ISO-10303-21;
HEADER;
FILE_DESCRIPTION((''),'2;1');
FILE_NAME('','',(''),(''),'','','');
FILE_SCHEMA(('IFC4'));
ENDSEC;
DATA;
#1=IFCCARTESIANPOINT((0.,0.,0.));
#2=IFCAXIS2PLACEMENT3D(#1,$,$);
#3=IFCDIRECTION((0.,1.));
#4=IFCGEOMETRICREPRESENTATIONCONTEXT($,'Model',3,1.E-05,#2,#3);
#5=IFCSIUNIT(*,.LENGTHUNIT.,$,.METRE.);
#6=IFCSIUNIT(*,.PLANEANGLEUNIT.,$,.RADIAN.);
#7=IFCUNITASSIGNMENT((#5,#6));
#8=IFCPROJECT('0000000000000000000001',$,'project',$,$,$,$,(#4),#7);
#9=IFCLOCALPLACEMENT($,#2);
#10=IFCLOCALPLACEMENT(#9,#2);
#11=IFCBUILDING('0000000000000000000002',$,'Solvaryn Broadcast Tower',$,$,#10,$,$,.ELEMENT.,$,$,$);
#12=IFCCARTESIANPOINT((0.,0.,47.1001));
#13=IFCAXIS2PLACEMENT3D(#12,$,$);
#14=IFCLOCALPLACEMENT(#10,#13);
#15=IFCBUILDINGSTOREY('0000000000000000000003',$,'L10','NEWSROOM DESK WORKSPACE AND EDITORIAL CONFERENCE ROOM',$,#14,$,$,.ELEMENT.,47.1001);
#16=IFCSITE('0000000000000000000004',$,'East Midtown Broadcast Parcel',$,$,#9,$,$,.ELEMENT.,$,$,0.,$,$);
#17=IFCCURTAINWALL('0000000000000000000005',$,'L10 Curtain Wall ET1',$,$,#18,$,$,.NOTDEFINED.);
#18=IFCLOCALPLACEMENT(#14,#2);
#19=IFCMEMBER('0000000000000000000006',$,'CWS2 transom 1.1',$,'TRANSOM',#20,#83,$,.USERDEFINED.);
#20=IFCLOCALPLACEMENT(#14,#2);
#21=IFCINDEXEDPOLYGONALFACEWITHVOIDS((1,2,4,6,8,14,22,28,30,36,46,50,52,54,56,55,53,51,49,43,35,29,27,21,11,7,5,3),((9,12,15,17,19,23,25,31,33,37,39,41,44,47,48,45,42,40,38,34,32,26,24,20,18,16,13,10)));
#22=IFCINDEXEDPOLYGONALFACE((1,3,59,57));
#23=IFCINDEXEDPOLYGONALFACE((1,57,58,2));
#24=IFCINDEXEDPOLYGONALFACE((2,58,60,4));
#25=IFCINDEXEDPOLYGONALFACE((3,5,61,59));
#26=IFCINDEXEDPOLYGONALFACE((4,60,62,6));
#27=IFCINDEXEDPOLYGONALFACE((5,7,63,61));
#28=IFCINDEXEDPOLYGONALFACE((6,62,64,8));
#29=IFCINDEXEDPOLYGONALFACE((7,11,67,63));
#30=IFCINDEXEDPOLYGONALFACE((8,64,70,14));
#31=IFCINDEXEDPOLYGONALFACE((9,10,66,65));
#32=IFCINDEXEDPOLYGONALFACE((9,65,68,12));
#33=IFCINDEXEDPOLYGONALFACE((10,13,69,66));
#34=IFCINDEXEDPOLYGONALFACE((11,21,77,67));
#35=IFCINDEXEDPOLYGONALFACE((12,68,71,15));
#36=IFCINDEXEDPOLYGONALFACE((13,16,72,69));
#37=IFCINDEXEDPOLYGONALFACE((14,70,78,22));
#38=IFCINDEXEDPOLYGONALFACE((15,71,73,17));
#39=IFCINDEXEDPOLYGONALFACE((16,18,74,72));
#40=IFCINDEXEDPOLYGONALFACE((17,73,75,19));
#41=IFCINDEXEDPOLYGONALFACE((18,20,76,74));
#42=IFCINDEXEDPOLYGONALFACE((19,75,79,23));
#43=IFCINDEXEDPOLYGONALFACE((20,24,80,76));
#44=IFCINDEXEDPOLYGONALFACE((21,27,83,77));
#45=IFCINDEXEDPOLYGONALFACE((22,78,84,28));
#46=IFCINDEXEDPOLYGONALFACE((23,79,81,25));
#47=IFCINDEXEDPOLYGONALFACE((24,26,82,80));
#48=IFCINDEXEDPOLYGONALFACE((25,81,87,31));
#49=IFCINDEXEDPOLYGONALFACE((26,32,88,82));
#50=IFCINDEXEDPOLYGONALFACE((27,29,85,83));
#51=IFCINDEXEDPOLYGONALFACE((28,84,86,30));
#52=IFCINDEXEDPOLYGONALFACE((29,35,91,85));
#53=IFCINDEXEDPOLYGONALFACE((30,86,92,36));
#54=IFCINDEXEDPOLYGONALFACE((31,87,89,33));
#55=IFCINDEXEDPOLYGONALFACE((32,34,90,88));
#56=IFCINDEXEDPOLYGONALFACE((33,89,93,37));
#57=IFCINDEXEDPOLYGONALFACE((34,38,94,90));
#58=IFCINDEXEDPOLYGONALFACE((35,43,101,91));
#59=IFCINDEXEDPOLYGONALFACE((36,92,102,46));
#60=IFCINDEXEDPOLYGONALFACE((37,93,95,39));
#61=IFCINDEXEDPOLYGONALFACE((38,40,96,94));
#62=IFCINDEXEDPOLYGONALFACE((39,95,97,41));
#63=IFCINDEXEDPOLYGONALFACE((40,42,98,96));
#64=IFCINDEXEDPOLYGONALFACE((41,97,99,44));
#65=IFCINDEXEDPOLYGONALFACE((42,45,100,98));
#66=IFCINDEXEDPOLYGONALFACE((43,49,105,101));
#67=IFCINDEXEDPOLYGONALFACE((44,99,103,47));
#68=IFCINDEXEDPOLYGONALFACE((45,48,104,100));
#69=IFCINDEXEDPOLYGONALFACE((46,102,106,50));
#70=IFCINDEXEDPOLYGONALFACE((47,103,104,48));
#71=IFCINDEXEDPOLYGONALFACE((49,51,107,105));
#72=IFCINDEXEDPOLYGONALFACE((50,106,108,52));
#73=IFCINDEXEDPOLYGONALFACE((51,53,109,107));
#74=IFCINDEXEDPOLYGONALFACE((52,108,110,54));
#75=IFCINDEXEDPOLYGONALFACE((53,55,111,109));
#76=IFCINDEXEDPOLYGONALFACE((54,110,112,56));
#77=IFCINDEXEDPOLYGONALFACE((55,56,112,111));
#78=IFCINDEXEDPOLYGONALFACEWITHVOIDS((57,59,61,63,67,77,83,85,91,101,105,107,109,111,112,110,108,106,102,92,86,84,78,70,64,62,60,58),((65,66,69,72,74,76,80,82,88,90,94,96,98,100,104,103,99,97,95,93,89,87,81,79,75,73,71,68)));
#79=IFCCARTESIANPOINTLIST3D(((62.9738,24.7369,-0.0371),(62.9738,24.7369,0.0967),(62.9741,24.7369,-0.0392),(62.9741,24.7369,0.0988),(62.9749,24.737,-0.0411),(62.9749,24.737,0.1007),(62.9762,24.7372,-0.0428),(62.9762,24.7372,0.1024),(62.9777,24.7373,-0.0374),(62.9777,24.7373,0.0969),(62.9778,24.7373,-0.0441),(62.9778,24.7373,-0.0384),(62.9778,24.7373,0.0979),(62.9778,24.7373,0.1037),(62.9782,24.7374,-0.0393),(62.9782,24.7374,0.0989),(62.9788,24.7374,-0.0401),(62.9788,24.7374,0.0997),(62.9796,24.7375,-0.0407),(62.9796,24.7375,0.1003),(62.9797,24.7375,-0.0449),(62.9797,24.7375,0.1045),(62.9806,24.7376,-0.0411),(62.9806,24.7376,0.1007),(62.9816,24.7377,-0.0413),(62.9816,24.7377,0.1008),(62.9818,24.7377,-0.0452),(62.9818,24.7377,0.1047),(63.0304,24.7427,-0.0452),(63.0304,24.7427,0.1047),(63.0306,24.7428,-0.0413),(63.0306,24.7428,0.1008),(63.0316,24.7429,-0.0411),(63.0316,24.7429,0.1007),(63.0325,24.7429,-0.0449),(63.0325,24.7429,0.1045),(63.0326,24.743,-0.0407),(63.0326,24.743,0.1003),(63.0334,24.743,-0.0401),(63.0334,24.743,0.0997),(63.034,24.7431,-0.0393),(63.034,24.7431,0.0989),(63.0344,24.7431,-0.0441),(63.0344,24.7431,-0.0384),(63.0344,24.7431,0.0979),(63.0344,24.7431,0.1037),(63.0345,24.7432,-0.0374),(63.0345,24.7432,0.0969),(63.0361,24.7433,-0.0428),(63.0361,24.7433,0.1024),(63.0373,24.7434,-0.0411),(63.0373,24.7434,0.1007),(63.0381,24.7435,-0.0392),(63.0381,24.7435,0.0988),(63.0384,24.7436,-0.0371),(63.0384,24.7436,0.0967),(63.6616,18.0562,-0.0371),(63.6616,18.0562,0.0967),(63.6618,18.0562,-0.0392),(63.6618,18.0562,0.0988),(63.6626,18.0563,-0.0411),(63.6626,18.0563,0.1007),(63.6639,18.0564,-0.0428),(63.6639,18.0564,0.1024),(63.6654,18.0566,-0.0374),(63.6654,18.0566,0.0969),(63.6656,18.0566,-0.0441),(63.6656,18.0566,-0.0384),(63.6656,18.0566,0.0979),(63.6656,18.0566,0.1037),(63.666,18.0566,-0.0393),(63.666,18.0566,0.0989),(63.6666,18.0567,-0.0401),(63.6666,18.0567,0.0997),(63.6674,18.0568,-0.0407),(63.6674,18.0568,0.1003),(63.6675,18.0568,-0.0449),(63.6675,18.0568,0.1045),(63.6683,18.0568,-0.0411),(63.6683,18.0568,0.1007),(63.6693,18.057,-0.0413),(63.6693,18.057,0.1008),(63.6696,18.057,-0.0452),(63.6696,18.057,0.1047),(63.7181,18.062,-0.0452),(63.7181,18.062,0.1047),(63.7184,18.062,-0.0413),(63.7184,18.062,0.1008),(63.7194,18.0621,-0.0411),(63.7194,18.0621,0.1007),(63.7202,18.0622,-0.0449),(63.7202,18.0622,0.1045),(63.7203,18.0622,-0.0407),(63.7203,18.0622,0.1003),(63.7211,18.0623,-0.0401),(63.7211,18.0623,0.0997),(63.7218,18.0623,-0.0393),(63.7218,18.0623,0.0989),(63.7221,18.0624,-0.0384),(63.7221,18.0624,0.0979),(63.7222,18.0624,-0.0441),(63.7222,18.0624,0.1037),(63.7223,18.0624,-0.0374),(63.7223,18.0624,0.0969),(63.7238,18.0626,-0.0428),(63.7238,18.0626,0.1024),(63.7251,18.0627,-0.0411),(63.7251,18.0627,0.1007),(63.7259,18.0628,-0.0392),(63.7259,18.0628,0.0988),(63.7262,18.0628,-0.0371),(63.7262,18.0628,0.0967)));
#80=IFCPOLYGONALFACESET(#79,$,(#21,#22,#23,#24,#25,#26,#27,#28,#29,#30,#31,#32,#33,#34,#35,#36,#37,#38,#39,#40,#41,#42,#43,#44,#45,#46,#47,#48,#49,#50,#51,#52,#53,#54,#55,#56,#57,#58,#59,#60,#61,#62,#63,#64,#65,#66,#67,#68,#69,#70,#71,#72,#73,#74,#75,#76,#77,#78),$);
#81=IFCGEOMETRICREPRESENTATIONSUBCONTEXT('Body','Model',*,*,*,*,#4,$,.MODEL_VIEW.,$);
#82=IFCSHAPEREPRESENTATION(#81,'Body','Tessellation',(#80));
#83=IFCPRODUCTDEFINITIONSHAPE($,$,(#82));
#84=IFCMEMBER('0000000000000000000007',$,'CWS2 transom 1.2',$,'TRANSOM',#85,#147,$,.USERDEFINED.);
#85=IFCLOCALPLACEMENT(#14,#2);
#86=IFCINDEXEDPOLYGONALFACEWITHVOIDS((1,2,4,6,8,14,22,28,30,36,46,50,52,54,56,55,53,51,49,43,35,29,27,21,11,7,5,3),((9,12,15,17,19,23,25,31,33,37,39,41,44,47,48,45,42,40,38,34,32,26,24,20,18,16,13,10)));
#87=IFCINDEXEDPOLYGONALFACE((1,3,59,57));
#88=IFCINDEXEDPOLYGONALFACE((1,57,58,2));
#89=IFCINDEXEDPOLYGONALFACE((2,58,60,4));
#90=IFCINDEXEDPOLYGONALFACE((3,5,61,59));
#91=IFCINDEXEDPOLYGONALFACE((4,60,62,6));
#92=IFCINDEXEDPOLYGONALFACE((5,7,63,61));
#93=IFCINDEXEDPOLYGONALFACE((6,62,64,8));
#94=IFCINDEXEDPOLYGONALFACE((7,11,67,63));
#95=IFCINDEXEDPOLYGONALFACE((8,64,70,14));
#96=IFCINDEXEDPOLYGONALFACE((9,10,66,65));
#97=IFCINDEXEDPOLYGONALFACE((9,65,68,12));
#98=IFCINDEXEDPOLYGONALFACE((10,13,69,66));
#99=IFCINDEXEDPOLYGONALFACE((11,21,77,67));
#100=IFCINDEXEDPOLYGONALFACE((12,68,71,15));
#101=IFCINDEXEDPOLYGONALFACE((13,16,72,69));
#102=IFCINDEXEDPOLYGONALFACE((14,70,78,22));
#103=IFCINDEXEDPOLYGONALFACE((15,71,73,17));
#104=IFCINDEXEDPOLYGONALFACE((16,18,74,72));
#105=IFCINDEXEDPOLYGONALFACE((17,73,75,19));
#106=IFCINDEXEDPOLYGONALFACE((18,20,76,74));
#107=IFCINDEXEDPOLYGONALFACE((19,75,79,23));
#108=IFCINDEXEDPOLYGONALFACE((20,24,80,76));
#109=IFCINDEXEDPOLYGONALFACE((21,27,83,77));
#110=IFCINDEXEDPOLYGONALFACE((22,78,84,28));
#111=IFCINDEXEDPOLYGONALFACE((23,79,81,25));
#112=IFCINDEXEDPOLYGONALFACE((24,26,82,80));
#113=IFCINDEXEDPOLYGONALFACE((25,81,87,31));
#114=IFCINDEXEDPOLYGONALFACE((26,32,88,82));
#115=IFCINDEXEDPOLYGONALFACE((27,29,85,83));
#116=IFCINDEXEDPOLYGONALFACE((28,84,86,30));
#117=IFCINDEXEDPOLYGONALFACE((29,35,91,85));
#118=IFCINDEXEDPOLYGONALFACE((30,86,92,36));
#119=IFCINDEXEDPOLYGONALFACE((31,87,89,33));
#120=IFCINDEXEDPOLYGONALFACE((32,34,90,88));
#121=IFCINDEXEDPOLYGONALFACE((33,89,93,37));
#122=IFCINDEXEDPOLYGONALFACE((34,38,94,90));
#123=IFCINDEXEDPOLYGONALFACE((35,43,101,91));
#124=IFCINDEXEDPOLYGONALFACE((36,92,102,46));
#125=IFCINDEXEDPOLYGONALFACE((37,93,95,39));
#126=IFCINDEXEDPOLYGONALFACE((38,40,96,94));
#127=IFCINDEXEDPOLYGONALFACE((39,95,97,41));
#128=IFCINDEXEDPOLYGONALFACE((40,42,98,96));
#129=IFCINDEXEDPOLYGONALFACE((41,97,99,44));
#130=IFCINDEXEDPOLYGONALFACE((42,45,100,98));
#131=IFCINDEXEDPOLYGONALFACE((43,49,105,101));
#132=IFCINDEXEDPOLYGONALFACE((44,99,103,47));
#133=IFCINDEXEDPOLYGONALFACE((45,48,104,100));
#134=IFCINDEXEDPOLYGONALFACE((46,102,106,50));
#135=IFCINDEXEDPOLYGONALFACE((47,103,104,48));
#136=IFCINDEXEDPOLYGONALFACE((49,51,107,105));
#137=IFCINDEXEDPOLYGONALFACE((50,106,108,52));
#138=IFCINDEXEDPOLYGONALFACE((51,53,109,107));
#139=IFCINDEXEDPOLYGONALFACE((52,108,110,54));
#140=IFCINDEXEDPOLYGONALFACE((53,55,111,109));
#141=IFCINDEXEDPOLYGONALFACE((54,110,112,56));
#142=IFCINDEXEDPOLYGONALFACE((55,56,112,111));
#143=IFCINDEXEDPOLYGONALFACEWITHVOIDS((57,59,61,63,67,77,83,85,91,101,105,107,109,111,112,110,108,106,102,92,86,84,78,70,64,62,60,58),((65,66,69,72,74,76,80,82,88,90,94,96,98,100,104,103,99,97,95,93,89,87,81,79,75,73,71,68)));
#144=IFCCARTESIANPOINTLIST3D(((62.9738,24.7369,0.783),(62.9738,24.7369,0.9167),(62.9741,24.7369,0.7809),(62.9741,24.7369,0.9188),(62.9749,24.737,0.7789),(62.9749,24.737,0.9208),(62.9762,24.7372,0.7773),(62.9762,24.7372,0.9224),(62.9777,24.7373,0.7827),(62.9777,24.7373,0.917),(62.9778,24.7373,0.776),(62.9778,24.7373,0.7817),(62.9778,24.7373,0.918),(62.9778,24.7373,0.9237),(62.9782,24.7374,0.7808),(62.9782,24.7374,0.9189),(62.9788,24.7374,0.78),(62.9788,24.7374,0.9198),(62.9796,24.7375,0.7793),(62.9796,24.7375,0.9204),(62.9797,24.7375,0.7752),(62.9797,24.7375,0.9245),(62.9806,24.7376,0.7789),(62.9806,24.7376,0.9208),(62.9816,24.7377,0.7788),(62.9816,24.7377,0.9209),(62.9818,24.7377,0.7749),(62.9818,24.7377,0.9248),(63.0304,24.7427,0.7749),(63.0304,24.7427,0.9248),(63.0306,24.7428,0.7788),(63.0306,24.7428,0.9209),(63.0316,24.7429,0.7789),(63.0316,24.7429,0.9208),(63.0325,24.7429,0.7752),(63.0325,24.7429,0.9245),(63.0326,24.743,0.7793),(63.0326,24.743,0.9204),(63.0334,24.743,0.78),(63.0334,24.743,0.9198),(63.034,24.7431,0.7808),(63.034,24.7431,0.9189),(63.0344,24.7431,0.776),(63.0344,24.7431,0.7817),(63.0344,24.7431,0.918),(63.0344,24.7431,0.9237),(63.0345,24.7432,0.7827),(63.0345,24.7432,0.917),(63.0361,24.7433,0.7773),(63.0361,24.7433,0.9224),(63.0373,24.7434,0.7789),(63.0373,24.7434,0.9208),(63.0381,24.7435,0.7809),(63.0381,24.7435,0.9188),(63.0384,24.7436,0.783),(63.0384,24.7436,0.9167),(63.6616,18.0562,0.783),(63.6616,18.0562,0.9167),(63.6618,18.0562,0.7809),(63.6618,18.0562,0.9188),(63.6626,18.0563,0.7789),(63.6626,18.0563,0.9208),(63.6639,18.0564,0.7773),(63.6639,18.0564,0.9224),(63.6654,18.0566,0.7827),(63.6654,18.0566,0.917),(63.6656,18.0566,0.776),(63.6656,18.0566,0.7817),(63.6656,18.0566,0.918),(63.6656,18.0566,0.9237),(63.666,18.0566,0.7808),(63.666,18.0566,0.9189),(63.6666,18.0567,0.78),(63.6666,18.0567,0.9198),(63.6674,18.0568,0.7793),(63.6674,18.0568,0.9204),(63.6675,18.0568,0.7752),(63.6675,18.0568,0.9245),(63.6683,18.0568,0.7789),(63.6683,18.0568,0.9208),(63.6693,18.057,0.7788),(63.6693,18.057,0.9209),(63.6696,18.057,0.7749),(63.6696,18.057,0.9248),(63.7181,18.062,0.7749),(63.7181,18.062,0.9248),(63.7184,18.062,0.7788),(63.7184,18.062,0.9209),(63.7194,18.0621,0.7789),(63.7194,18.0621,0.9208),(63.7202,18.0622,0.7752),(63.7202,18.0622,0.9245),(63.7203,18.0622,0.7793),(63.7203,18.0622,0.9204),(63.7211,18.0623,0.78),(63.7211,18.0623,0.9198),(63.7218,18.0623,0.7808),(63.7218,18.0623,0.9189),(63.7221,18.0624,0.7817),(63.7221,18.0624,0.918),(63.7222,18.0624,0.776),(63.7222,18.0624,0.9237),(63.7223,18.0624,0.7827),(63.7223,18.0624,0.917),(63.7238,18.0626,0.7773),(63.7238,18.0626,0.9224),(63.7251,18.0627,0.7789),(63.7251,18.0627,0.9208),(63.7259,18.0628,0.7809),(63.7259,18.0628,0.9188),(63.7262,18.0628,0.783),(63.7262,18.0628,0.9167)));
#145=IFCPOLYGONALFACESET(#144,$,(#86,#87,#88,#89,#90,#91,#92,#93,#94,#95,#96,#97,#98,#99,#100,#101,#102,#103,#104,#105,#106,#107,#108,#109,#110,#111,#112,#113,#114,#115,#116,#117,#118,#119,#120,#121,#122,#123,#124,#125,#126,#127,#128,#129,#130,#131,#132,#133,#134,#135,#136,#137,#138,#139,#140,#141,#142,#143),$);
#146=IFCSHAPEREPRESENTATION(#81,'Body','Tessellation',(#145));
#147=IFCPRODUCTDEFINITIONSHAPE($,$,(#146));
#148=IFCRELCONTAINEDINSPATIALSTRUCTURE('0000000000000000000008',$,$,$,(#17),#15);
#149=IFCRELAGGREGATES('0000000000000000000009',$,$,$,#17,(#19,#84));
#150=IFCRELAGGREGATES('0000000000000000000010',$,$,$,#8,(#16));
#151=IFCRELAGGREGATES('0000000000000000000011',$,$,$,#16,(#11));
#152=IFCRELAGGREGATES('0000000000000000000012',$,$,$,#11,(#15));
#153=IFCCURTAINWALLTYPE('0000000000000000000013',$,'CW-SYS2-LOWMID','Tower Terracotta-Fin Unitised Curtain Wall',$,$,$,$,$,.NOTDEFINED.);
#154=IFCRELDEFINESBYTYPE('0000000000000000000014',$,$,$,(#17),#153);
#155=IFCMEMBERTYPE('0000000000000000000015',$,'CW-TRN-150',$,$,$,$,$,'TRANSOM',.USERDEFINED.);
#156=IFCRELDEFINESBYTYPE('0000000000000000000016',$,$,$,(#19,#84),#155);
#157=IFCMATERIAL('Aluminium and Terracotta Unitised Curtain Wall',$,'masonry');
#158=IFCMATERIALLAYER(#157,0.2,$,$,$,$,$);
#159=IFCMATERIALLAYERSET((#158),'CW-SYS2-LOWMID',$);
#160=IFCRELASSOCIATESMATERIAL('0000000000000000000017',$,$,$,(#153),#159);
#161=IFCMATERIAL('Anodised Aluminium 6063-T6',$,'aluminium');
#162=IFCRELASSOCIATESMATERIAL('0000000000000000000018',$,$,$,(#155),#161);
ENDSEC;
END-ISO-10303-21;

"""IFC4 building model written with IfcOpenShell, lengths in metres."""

from ifc_helpers import new_model, si_unit, direction, frame, origin, origin_2d, place, context, subcontext, project, spatial, hollow_rectangle, extrude, material, layer, layer_set, material_profile, profile_set, type_object, element, aggregate, save


model = new_model("IFC4")

# Units and contexts
model_context = context("Model", 3, precision=1e-05, world=origin(), true_north=direction((0.0, 1.0)))
body_context = subcontext(model_context, "Body", "Model", "MODEL_VIEW")
ifc_project = project(units=[si_unit("LENGTHUNIT", "METRE"), si_unit("PLANEANGLEUNIT", "RADIAN")], contexts=[model_context])

# Site, building, storey
site_placement = place(None, origin())
site = spatial("IfcSite", under=ifc_project, at=site_placement, Name="East Midtown Broadcast Parcel", CompositionType="ELEMENT", RefElevation=0.0)
building_placement = place(site_placement, origin())
building = spatial("IfcBuilding", under=site, at=building_placement, Name="Solvaryn Broadcast Tower", CompositionType="ELEMENT")
storey_placement = place(building_placement, frame((0.0, 0.0, 47.1001)))
storey = spatial("IfcBuildingStorey", under=building, at=storey_placement, Name="L10", Description="NEWSROOM DESK WORKSPACE AND EDITORIAL CONFERENCE ROOM", CompositionType="ELEMENT", Elevation=47.1001)

# Curtain wall
ifc_material_1 = material(Name="Aluminium and Terracotta Unitised Curtain Wall", Category="masonry")
ifc_layer_1 = layer(ifc_material_1, 0.2)
ifc_layer_set_1 = layer_set([ifc_layer_1], Name="CW-SYS2-LOWMID")
curtain_wall_type = type_object("IfcCurtainWallType", Name="CW-SYS2-LOWMID", Description="Tower Terracotta-Fin Unitised Curtain Wall", PredefinedType="NOTDEFINED", material=ifc_layer_set_1)
curtain_wall_1_placement = place(storey_placement, origin())
curtain_wall_1 = element("IfcCurtainWall", 1, at=curtain_wall_1_placement, inside=storey, type_object=curtain_wall_type, Name="L10 Curtain Wall ET1", PredefinedType="NOTDEFINED")

# Members
ifc_material_2 = material(Name="Anodised Aluminium 6063-T6", Category="aluminium")
ifc_material_profile_1 = material_profile(ifc_material_2, hollow_rectangle(XDim=0.0649, YDim=0.1499, WallThickness=0.0039, InnerFilletRadius=0.0039, OuterFilletRadius=0.0081, at=origin_2d()))
ifc_profile_set_1 = profile_set([ifc_material_profile_1], Name="Anodised Aluminium 6063-T6")
member_type_1 = type_object("IfcMemberType", Name="CW-TRN-150", ElementType="TRANSOM", PredefinedType="USERDEFINED", material=ifc_profile_set_1)
member_1_placement = place(storey_placement, frame((63.0061, 24.7402, 0.0298), z_axis=(0.102404, -0.994743, 0.0), x_axis=(0.994743, 0.102404, 0.0)))
member_1 = element("IfcMember", 2, at=member_1_placement, type_object=member_type_1, Name="CWS2 transom 1.1", ObjectType="TRANSOM", PredefinedType="USERDEFINED", context=body_context, shape_type="SweptSolid", body=[
    extrude(hollow_rectangle(XDim=0.0649, YDim=0.1499, WallThickness=0.0039, InnerFilletRadius=0.0039, OuterFilletRadius=0.0081, at=origin_2d()), origin(), (0.0, 0.0, 1.0), 6.7161),
])
member_2_placement = place(storey_placement, frame((63.0061, 24.7402, 0.8499), z_axis=(0.102404, -0.994743, 0.0), x_axis=(0.994743, 0.102404, 0.0)))
member_2 = element("IfcMember", 3, at=member_2_placement, type_object=member_type_1, Name="CWS2 transom 1.2", ObjectType="TRANSOM", PredefinedType="USERDEFINED", context=body_context, shape_type="SweptSolid", body=[
    extrude(hollow_rectangle(XDim=0.0649, YDim=0.1499, WallThickness=0.0039, InnerFilletRadius=0.0039, OuterFilletRadius=0.0081, at=origin_2d()), origin(), (0.0, 0.0, 1.0), 6.7161),
])

aggregate(curtain_wall_1, [member_1, member_2])

save(model, "model.ifc")
